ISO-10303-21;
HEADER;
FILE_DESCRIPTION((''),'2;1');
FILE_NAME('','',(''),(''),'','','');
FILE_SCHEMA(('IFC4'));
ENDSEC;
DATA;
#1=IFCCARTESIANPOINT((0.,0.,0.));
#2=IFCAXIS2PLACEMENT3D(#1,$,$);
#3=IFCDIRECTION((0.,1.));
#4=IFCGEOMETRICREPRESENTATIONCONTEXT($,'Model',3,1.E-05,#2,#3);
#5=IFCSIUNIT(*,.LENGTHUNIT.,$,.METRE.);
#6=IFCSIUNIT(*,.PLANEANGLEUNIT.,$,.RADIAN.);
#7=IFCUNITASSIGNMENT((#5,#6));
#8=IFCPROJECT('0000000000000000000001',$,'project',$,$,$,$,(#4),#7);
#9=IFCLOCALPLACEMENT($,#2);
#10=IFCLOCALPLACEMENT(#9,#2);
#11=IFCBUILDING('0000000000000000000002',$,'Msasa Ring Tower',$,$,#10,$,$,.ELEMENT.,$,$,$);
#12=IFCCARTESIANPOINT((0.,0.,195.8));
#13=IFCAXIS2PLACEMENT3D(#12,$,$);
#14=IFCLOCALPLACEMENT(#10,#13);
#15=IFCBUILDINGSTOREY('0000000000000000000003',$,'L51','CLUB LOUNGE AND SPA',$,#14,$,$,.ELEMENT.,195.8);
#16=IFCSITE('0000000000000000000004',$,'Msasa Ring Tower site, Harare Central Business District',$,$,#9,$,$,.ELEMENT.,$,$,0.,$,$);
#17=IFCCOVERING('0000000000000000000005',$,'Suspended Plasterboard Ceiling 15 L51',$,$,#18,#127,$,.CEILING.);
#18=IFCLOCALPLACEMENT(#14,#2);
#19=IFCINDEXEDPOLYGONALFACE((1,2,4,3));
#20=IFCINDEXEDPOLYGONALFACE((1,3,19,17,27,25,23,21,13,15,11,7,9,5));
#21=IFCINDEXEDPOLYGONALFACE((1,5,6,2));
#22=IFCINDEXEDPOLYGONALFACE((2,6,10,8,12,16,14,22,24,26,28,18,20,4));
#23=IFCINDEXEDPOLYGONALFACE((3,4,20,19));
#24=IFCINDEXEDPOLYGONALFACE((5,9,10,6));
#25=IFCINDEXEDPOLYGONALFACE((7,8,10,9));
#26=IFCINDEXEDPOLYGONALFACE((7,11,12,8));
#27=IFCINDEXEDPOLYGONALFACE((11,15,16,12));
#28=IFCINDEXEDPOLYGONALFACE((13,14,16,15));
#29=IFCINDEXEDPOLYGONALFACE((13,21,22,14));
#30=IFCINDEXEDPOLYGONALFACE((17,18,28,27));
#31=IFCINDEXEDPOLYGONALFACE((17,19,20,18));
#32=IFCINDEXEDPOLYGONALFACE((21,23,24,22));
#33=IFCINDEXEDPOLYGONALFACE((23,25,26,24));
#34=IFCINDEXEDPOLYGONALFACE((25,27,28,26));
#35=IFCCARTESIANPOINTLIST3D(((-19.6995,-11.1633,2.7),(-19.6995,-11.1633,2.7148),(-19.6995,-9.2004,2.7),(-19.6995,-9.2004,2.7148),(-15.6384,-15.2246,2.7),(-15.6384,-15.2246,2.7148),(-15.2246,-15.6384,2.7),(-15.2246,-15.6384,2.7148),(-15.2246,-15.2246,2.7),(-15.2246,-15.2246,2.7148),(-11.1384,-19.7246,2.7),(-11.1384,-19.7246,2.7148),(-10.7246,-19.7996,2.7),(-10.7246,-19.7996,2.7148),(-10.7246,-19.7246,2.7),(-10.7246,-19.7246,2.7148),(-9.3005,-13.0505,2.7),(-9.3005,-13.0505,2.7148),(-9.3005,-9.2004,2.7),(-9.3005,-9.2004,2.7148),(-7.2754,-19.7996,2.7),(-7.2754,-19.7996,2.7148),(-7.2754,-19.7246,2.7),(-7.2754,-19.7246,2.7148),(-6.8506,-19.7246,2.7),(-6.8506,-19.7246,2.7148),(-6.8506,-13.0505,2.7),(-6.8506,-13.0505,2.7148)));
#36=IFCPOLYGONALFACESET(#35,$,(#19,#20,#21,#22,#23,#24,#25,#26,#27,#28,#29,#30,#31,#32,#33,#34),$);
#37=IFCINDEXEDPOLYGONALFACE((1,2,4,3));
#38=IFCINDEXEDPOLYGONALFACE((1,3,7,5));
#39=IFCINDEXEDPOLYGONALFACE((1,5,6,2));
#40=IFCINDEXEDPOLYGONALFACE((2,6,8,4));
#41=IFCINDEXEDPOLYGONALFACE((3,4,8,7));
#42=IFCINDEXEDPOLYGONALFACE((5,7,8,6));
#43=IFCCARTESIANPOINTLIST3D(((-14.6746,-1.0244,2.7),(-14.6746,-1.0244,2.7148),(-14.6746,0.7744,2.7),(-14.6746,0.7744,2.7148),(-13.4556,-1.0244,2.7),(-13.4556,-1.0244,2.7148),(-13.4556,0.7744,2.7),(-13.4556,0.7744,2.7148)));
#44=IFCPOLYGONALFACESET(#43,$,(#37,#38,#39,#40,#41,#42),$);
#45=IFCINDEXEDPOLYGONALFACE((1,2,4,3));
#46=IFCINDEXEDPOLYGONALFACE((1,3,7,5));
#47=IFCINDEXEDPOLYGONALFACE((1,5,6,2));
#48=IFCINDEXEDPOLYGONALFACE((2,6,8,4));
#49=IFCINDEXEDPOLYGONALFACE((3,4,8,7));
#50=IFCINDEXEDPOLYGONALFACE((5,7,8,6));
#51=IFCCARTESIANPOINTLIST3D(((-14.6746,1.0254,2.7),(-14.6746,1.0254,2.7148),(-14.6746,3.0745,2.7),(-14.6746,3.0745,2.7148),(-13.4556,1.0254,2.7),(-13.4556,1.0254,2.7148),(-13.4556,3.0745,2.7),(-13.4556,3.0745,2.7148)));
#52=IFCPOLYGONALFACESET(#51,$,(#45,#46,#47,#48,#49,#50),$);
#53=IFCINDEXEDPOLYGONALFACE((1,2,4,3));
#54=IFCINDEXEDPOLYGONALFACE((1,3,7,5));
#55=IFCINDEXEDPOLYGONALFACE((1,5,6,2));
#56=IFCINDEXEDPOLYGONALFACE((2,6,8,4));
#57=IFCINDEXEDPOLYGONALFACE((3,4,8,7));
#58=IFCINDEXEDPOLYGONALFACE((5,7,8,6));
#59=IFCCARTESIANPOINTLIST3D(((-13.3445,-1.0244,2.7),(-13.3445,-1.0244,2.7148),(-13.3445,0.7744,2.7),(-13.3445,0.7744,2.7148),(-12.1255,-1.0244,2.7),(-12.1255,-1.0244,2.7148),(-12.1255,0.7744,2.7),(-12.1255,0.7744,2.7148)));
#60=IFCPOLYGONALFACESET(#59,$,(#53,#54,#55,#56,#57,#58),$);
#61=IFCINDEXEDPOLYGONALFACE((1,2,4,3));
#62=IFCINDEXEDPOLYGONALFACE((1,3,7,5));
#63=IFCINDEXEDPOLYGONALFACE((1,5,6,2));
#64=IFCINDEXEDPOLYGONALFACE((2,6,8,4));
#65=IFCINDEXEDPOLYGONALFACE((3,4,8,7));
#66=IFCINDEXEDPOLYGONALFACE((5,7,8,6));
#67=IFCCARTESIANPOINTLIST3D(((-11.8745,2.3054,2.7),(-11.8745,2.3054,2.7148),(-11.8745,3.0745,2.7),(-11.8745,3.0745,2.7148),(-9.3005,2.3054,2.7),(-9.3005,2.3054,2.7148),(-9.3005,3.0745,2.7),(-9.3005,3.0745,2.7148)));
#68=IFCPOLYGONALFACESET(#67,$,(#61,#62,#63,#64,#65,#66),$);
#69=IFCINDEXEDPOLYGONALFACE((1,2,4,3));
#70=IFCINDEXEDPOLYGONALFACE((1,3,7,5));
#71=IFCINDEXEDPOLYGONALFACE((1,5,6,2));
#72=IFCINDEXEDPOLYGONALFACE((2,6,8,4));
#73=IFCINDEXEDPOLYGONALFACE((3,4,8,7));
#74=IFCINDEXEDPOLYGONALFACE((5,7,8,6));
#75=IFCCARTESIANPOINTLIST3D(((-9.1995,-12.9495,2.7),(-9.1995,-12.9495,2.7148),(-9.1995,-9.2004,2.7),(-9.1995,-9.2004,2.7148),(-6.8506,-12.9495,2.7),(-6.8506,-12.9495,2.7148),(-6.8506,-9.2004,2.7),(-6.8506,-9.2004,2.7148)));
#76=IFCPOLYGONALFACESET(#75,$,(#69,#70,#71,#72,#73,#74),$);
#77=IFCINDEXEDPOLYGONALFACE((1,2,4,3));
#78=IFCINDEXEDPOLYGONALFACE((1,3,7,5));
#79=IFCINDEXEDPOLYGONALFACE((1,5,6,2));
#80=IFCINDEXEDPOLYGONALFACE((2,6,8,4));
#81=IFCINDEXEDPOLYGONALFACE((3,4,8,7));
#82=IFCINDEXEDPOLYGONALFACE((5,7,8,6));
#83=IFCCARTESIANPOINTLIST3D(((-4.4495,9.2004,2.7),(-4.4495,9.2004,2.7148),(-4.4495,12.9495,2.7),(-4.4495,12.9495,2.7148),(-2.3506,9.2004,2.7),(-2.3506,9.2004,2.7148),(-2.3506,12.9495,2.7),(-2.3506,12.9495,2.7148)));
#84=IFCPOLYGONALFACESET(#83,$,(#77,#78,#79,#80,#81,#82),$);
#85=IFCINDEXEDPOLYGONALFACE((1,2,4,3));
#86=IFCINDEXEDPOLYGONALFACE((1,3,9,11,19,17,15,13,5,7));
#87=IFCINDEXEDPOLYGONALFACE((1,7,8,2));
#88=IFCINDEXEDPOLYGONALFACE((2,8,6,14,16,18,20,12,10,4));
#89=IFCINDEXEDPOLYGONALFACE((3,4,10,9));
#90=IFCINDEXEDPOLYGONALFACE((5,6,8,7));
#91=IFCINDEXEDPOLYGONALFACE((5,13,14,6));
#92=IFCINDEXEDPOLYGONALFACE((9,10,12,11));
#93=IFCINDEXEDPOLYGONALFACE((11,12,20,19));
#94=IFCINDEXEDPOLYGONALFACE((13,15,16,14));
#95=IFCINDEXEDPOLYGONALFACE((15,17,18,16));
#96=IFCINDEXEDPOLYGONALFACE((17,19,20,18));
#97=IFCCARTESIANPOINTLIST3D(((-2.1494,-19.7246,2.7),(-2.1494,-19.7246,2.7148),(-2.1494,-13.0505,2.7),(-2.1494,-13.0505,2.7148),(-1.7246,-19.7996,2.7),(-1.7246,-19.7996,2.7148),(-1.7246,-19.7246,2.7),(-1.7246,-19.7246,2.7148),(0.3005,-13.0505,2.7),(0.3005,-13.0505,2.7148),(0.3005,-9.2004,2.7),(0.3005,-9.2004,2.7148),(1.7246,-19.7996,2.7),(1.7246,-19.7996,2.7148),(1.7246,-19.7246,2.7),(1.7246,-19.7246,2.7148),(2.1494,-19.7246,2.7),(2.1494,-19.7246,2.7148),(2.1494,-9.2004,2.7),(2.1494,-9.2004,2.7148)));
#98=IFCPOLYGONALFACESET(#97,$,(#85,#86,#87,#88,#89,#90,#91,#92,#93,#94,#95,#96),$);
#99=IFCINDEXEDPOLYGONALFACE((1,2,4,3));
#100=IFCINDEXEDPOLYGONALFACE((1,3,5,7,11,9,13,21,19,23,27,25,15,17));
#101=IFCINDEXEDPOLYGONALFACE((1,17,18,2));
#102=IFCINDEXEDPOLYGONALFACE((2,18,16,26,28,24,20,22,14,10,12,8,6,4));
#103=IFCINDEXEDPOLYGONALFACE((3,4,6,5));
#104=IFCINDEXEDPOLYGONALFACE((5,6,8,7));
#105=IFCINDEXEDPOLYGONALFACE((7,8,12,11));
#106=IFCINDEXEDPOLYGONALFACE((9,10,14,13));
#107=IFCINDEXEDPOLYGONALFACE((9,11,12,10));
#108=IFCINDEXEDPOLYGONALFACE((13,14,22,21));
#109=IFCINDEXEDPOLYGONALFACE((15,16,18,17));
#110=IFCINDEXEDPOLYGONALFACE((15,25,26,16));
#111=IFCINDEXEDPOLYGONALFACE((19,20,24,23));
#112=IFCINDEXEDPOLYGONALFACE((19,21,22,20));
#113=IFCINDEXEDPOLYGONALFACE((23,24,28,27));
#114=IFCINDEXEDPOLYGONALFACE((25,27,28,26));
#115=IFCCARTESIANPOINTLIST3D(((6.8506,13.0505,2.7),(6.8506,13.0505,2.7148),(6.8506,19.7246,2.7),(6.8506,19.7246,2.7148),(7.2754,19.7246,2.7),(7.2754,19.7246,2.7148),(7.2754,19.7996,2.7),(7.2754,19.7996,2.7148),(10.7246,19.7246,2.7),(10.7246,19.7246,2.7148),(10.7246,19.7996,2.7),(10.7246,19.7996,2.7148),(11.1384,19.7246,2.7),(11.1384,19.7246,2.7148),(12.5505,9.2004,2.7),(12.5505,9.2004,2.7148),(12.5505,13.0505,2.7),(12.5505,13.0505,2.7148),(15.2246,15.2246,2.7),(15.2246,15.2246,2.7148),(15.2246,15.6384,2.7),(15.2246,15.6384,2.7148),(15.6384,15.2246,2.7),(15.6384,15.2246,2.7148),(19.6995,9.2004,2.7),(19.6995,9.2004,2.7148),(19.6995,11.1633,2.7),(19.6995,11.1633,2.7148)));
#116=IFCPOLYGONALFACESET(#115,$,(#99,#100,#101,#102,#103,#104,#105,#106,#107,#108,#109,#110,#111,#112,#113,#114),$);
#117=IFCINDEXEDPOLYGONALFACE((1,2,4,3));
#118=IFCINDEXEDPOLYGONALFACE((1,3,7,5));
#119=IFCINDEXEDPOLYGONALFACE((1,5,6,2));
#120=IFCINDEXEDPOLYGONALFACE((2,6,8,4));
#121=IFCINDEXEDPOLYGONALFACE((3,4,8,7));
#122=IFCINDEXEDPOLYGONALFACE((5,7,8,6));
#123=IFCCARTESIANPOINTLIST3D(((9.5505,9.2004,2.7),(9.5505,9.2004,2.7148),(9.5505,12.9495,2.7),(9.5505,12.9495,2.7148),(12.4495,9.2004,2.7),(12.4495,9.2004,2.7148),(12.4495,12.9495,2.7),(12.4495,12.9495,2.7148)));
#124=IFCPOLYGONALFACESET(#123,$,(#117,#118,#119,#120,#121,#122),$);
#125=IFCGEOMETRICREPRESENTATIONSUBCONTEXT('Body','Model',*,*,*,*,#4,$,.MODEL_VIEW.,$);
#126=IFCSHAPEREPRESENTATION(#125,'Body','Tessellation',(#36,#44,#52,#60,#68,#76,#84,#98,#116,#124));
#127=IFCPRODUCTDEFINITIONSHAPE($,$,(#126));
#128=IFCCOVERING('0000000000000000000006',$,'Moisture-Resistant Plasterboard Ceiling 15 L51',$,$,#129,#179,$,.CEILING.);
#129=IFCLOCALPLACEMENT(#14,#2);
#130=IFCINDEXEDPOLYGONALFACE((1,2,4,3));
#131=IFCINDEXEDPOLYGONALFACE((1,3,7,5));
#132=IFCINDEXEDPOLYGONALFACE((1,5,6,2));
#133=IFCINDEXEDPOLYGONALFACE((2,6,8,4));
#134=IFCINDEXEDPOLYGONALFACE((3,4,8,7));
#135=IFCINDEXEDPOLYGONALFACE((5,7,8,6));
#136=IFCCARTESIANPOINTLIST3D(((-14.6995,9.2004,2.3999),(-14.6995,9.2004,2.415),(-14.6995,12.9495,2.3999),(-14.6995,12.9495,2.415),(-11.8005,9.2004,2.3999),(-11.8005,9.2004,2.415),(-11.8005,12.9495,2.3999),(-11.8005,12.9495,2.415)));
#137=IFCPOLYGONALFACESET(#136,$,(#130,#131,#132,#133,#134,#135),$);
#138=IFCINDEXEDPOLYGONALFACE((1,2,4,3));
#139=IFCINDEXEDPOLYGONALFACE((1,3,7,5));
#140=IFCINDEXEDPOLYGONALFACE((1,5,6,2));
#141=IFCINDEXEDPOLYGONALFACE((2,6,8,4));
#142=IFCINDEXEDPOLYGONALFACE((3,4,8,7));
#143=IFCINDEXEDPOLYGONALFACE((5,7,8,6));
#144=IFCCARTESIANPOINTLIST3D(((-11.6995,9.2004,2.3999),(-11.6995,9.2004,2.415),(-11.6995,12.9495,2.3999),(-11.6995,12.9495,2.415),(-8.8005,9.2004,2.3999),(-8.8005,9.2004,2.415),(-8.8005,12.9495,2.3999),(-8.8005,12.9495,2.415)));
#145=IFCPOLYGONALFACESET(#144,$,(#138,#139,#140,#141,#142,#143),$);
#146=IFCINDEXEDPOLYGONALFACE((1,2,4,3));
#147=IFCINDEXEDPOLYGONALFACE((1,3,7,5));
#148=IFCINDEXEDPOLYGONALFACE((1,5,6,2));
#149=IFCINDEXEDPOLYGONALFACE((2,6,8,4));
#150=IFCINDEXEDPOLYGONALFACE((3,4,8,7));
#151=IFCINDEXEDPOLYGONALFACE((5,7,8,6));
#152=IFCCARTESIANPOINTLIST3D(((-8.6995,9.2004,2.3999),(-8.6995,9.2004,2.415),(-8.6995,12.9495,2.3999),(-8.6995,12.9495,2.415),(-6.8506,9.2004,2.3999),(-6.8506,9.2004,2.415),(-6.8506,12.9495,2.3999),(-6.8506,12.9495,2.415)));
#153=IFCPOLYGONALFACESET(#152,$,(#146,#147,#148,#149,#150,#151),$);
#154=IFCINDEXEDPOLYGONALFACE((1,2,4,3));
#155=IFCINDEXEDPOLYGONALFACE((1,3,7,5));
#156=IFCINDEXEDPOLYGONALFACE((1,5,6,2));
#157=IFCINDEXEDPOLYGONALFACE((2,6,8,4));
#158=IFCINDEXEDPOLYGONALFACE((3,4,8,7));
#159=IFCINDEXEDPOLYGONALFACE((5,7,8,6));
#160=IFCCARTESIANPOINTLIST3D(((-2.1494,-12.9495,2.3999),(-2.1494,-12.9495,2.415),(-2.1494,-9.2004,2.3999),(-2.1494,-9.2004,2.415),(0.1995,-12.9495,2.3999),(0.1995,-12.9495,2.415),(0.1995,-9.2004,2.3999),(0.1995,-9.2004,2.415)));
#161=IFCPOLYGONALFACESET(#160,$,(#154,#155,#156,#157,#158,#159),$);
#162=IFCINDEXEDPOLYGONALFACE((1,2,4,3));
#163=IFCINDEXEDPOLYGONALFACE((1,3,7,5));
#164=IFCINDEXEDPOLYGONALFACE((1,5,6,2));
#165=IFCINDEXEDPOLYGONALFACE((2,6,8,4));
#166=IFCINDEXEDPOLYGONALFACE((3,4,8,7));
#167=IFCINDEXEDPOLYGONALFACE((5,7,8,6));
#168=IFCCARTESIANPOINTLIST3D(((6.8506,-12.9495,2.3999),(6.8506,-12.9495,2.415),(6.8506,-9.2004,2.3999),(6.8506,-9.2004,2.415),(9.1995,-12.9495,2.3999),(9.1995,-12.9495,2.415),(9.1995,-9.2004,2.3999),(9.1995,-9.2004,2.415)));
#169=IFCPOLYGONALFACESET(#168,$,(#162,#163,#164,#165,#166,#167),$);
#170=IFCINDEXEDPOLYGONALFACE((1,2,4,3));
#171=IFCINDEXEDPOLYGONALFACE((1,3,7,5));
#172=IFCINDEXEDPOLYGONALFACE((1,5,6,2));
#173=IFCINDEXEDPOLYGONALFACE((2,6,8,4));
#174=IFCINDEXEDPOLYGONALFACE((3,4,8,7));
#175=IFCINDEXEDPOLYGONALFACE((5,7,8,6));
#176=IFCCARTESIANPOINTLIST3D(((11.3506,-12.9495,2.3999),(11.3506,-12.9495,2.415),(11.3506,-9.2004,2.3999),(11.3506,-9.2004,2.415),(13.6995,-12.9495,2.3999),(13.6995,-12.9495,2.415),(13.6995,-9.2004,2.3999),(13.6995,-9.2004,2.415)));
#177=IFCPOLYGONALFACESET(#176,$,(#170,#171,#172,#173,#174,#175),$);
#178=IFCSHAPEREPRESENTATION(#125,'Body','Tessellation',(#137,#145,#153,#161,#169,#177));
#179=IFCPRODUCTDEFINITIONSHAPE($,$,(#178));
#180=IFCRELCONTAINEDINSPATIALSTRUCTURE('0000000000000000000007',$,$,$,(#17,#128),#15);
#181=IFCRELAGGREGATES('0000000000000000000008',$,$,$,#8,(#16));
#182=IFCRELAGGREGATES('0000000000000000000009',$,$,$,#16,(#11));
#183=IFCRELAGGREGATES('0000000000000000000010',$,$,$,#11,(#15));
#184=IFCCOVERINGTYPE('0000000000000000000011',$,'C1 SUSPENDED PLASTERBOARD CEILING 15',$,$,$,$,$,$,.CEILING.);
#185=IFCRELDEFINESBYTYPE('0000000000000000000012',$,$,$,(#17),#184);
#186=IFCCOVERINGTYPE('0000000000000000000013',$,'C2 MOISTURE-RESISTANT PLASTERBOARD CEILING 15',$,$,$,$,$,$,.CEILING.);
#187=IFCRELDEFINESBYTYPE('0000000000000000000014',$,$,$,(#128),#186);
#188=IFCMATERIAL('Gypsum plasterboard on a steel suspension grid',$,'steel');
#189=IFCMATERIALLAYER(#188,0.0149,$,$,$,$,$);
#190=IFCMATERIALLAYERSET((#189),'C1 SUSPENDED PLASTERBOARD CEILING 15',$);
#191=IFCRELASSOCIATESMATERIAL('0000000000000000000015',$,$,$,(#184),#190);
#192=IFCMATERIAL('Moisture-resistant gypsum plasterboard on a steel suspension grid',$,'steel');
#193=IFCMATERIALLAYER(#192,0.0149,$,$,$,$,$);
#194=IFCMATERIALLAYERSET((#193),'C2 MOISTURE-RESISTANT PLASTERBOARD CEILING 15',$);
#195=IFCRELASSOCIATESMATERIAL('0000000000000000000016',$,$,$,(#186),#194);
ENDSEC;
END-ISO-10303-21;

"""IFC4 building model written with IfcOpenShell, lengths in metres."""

from ifc_helpers import new_model, si_unit, direction, frame, origin, place, context, subcontext, project, spatial, line, indexed_curve, outline, extrude, material, layer, layer_set, type_object, element, save


model = new_model("IFC4")

# Units and contexts
model_context = context("Model", 3, precision=1e-05, world=origin(), true_north=direction((0.0, 1.0)))
body_context = subcontext(model_context, "Body", "Model", "MODEL_VIEW")
ifc_project = project(units=[si_unit("LENGTHUNIT", "METRE"), si_unit("PLANEANGLEUNIT", "RADIAN")], contexts=[model_context])

# Site, building, storey
site_placement = place(None, origin())
site = spatial("IfcSite", under=ifc_project, at=site_placement, Name="Msasa Ring Tower site, Harare Central Business District", CompositionType="ELEMENT", RefElevation=0.0)
building_placement = place(site_placement, origin())
building = spatial("IfcBuilding", under=site, at=building_placement, Name="Msasa Ring Tower", CompositionType="ELEMENT")
storey_placement = place(building_placement, frame((0.0, 0.0, 195.8)))
storey = spatial("IfcBuildingStorey", under=building, at=storey_placement, Name="L51", Description="CLUB LOUNGE AND SPA", CompositionType="ELEMENT", Elevation=195.8)

# Coverings
ifc_material_1 = material(Name="Gypsum plasterboard on a steel suspension grid", Category="steel")
ifc_layer_1 = layer(ifc_material_1, 0.0149)
ifc_layer_set_1 = layer_set([ifc_layer_1], Name="C1 SUSPENDED PLASTERBOARD CEILING 15")
covering_type_1 = type_object("IfcCoveringType", Name="C1 SUSPENDED PLASTERBOARD CEILING 15", PredefinedType="CEILING", material=ifc_layer_set_1)
covering_1_placement = place(storey_placement, frame((0.0, 0.0, 2.7)))
element("IfcCovering", 1, at=covering_1_placement, inside=storey, type_object=covering_type_1, Name="Suspended Plasterboard Ceiling 15 L51", PredefinedType="CEILING", context=body_context, shape_type="SweptSolid", body=[
    extrude(outline(indexed_curve([(-10.7246, -19.7996), (-10.7246, -19.7246), (-11.1384, -19.7246), (-15.2246, -15.6384), (-15.2246, -15.2246), (-15.6384, -15.2246), (-19.6995, -11.1633), (-19.6995, -9.2004), (-9.3005, -9.2004), (-9.3005, -13.0505), (-6.8506, -13.0505), (-6.8506, -19.7246), (-7.2754, -19.7246), (-7.2754, -19.7996)], segments=[line(1, 2, 3, 4, 5, 6, 7, 8, 9, 10, 11, 12, 13, 14, 1)], self_intersect=False)), origin(), (0.0, 0.0, 1.0), 0.0149),
    extrude(outline(indexed_curve([(-14.6746, 0.7744), (-13.4556, 0.7744), (-13.4556, -1.0244), (-14.6746, -1.0244)], segments=[line(1, 2, 3, 4, 1)], self_intersect=False)), origin(), (0.0, 0.0, 1.0), 0.0149),
    extrude(outline(indexed_curve([(-14.6746, 3.0745), (-13.4556, 3.0745), (-13.4556, 1.0254), (-14.6746, 1.0254)], segments=[line(1, 2, 3, 4, 1)], self_intersect=False)), origin(), (0.0, 0.0, 1.0), 0.0149),
    extrude(outline(indexed_curve([(-13.3445, 0.7744), (-12.1255, 0.7744), (-12.1255, -1.0244), (-13.3445, -1.0244)], segments=[line(1, 2, 3, 4, 1)], self_intersect=False)), origin(), (0.0, 0.0, 1.0), 0.0149),
    extrude(outline(indexed_curve([(-11.8745, 2.3054), (-11.8745, 3.0745), (-9.3005, 3.0745), (-9.3005, 2.3054)], segments=[line(1, 2, 3, 4, 1)], self_intersect=False)), origin(), (0.0, 0.0, 1.0), 0.0149),
    extrude(outline(indexed_curve([(-9.1995, -12.9495), (-9.1995, -9.2004), (-6.8506, -9.2004), (-6.8506, -12.9495)], segments=[line(1, 2, 3, 4, 1)], self_intersect=False)), origin(), (0.0, 0.0, 1.0), 0.0149),
    extrude(outline(indexed_curve([(-4.4495, 9.2004), (-4.4495, 12.9495), (-2.3506, 12.9495), (-2.3506, 9.2004)], segments=[line(1, 2, 3, 4, 1)], self_intersect=False)), origin(), (0.0, 0.0, 1.0), 0.0149),
    extrude(outline(indexed_curve([(0.3005, -13.0505), (0.3005, -9.2004), (2.1494, -9.2004), (2.1494, -19.7246), (1.7246, -19.7246), (1.7246, -19.7996), (-1.7246, -19.7996), (-1.7246, -19.7246), (-2.1494, -19.7246), (-2.1494, -13.0505)], segments=[line(1, 2, 3, 4, 5, 6, 7, 8, 9, 10, 1)], self_intersect=False)), origin(), (0.0, 0.0, 1.0), 0.0149),
    extrude(outline(indexed_curve([(10.7246, 19.7996), (10.7246, 19.7246), (11.1384, 19.7246), (15.2246, 15.6384), (15.2246, 15.2246), (15.6384, 15.2246), (19.6995, 11.1633), (19.6995, 9.2004), (12.5505, 9.2004), (12.5505, 13.0505), (6.8506, 13.0505), (6.8506, 19.7246), (7.2754, 19.7246), (7.2754, 19.7996)], segments=[line(1, 2, 3, 4, 5, 6, 7, 8, 9, 10, 11, 12, 13, 14, 1)], self_intersect=False)), origin(), (0.0, 0.0, 1.0), 0.0149),
    extrude(outline(indexed_curve([(9.5505, 12.9495), (12.4495, 12.9495), (12.4495, 9.2004), (9.5505, 9.2004)], segments=[line(1, 2, 3, 4, 1)], self_intersect=False)), origin(), (0.0, 0.0, 1.0), 0.0149),
])
ifc_material_2 = material(Name="Moisture-resistant gypsum plasterboard on a steel suspension grid", Category="steel")
ifc_layer_2 = layer(ifc_material_2, 0.0149)
ifc_layer_set_2 = layer_set([ifc_layer_2], Name="C2 MOISTURE-RESISTANT PLASTERBOARD CEILING 15")
covering_type_2 = type_object("IfcCoveringType", Name="C2 MOISTURE-RESISTANT PLASTERBOARD CEILING 15", PredefinedType="CEILING", material=ifc_layer_set_2)
covering_2_placement = place(storey_placement, frame((0.0, 0.0, 2.3999)))
element("IfcCovering", 2, at=covering_2_placement, inside=storey, type_object=covering_type_2, Name="Moisture-Resistant Plasterboard Ceiling 15 L51", PredefinedType="CEILING", context=body_context, shape_type="SweptSolid", body=[
    extrude(outline(indexed_curve([(-11.8005, 9.2004), (-14.6995, 9.2004), (-14.6995, 12.9495), (-11.8005, 12.9495)], segments=[line(1, 2, 3, 4, 1)], self_intersect=False)), origin(), (0.0, 0.0, 1.0), 0.0151),
    extrude(outline(indexed_curve([(-11.6995, 9.2004), (-11.6995, 12.9495), (-8.8005, 12.9495), (-8.8005, 9.2004)], segments=[line(1, 2, 3, 4, 1)], self_intersect=False)), origin(), (0.0, 0.0, 1.0), 0.0151),
    extrude(outline(indexed_curve([(-8.6995, 9.2004), (-8.6995, 12.9495), (-6.8506, 12.9495), (-6.8506, 9.2004)], segments=[line(1, 2, 3, 4, 1)], self_intersect=False)), origin(), (0.0, 0.0, 1.0), 0.0151),
    extrude(outline(indexed_curve([(0.1995, -12.9495), (-2.1494, -12.9495), (-2.1494, -9.2004), (0.1995, -9.2004)], segments=[line(1, 2, 3, 4, 1)], self_intersect=False)), origin(), (0.0, 0.0, 1.0), 0.0151),
    extrude(outline(indexed_curve([(6.8506, -12.9495), (6.8506, -9.2004), (9.1995, -9.2004), (9.1995, -12.9495)], segments=[line(1, 2, 3, 4, 1)], self_intersect=False)), origin(), (0.0, 0.0, 1.0), 0.0151),
    extrude(outline(indexed_curve([(11.3506, -12.9495), (11.3506, -9.2004), (13.6995, -9.2004), (13.6995, -12.9495)], segments=[line(1, 2, 3, 4, 1)], self_intersect=False)), origin(), (0.0, 0.0, 1.0), 0.0151),
])

save(model, "model.ifc")
